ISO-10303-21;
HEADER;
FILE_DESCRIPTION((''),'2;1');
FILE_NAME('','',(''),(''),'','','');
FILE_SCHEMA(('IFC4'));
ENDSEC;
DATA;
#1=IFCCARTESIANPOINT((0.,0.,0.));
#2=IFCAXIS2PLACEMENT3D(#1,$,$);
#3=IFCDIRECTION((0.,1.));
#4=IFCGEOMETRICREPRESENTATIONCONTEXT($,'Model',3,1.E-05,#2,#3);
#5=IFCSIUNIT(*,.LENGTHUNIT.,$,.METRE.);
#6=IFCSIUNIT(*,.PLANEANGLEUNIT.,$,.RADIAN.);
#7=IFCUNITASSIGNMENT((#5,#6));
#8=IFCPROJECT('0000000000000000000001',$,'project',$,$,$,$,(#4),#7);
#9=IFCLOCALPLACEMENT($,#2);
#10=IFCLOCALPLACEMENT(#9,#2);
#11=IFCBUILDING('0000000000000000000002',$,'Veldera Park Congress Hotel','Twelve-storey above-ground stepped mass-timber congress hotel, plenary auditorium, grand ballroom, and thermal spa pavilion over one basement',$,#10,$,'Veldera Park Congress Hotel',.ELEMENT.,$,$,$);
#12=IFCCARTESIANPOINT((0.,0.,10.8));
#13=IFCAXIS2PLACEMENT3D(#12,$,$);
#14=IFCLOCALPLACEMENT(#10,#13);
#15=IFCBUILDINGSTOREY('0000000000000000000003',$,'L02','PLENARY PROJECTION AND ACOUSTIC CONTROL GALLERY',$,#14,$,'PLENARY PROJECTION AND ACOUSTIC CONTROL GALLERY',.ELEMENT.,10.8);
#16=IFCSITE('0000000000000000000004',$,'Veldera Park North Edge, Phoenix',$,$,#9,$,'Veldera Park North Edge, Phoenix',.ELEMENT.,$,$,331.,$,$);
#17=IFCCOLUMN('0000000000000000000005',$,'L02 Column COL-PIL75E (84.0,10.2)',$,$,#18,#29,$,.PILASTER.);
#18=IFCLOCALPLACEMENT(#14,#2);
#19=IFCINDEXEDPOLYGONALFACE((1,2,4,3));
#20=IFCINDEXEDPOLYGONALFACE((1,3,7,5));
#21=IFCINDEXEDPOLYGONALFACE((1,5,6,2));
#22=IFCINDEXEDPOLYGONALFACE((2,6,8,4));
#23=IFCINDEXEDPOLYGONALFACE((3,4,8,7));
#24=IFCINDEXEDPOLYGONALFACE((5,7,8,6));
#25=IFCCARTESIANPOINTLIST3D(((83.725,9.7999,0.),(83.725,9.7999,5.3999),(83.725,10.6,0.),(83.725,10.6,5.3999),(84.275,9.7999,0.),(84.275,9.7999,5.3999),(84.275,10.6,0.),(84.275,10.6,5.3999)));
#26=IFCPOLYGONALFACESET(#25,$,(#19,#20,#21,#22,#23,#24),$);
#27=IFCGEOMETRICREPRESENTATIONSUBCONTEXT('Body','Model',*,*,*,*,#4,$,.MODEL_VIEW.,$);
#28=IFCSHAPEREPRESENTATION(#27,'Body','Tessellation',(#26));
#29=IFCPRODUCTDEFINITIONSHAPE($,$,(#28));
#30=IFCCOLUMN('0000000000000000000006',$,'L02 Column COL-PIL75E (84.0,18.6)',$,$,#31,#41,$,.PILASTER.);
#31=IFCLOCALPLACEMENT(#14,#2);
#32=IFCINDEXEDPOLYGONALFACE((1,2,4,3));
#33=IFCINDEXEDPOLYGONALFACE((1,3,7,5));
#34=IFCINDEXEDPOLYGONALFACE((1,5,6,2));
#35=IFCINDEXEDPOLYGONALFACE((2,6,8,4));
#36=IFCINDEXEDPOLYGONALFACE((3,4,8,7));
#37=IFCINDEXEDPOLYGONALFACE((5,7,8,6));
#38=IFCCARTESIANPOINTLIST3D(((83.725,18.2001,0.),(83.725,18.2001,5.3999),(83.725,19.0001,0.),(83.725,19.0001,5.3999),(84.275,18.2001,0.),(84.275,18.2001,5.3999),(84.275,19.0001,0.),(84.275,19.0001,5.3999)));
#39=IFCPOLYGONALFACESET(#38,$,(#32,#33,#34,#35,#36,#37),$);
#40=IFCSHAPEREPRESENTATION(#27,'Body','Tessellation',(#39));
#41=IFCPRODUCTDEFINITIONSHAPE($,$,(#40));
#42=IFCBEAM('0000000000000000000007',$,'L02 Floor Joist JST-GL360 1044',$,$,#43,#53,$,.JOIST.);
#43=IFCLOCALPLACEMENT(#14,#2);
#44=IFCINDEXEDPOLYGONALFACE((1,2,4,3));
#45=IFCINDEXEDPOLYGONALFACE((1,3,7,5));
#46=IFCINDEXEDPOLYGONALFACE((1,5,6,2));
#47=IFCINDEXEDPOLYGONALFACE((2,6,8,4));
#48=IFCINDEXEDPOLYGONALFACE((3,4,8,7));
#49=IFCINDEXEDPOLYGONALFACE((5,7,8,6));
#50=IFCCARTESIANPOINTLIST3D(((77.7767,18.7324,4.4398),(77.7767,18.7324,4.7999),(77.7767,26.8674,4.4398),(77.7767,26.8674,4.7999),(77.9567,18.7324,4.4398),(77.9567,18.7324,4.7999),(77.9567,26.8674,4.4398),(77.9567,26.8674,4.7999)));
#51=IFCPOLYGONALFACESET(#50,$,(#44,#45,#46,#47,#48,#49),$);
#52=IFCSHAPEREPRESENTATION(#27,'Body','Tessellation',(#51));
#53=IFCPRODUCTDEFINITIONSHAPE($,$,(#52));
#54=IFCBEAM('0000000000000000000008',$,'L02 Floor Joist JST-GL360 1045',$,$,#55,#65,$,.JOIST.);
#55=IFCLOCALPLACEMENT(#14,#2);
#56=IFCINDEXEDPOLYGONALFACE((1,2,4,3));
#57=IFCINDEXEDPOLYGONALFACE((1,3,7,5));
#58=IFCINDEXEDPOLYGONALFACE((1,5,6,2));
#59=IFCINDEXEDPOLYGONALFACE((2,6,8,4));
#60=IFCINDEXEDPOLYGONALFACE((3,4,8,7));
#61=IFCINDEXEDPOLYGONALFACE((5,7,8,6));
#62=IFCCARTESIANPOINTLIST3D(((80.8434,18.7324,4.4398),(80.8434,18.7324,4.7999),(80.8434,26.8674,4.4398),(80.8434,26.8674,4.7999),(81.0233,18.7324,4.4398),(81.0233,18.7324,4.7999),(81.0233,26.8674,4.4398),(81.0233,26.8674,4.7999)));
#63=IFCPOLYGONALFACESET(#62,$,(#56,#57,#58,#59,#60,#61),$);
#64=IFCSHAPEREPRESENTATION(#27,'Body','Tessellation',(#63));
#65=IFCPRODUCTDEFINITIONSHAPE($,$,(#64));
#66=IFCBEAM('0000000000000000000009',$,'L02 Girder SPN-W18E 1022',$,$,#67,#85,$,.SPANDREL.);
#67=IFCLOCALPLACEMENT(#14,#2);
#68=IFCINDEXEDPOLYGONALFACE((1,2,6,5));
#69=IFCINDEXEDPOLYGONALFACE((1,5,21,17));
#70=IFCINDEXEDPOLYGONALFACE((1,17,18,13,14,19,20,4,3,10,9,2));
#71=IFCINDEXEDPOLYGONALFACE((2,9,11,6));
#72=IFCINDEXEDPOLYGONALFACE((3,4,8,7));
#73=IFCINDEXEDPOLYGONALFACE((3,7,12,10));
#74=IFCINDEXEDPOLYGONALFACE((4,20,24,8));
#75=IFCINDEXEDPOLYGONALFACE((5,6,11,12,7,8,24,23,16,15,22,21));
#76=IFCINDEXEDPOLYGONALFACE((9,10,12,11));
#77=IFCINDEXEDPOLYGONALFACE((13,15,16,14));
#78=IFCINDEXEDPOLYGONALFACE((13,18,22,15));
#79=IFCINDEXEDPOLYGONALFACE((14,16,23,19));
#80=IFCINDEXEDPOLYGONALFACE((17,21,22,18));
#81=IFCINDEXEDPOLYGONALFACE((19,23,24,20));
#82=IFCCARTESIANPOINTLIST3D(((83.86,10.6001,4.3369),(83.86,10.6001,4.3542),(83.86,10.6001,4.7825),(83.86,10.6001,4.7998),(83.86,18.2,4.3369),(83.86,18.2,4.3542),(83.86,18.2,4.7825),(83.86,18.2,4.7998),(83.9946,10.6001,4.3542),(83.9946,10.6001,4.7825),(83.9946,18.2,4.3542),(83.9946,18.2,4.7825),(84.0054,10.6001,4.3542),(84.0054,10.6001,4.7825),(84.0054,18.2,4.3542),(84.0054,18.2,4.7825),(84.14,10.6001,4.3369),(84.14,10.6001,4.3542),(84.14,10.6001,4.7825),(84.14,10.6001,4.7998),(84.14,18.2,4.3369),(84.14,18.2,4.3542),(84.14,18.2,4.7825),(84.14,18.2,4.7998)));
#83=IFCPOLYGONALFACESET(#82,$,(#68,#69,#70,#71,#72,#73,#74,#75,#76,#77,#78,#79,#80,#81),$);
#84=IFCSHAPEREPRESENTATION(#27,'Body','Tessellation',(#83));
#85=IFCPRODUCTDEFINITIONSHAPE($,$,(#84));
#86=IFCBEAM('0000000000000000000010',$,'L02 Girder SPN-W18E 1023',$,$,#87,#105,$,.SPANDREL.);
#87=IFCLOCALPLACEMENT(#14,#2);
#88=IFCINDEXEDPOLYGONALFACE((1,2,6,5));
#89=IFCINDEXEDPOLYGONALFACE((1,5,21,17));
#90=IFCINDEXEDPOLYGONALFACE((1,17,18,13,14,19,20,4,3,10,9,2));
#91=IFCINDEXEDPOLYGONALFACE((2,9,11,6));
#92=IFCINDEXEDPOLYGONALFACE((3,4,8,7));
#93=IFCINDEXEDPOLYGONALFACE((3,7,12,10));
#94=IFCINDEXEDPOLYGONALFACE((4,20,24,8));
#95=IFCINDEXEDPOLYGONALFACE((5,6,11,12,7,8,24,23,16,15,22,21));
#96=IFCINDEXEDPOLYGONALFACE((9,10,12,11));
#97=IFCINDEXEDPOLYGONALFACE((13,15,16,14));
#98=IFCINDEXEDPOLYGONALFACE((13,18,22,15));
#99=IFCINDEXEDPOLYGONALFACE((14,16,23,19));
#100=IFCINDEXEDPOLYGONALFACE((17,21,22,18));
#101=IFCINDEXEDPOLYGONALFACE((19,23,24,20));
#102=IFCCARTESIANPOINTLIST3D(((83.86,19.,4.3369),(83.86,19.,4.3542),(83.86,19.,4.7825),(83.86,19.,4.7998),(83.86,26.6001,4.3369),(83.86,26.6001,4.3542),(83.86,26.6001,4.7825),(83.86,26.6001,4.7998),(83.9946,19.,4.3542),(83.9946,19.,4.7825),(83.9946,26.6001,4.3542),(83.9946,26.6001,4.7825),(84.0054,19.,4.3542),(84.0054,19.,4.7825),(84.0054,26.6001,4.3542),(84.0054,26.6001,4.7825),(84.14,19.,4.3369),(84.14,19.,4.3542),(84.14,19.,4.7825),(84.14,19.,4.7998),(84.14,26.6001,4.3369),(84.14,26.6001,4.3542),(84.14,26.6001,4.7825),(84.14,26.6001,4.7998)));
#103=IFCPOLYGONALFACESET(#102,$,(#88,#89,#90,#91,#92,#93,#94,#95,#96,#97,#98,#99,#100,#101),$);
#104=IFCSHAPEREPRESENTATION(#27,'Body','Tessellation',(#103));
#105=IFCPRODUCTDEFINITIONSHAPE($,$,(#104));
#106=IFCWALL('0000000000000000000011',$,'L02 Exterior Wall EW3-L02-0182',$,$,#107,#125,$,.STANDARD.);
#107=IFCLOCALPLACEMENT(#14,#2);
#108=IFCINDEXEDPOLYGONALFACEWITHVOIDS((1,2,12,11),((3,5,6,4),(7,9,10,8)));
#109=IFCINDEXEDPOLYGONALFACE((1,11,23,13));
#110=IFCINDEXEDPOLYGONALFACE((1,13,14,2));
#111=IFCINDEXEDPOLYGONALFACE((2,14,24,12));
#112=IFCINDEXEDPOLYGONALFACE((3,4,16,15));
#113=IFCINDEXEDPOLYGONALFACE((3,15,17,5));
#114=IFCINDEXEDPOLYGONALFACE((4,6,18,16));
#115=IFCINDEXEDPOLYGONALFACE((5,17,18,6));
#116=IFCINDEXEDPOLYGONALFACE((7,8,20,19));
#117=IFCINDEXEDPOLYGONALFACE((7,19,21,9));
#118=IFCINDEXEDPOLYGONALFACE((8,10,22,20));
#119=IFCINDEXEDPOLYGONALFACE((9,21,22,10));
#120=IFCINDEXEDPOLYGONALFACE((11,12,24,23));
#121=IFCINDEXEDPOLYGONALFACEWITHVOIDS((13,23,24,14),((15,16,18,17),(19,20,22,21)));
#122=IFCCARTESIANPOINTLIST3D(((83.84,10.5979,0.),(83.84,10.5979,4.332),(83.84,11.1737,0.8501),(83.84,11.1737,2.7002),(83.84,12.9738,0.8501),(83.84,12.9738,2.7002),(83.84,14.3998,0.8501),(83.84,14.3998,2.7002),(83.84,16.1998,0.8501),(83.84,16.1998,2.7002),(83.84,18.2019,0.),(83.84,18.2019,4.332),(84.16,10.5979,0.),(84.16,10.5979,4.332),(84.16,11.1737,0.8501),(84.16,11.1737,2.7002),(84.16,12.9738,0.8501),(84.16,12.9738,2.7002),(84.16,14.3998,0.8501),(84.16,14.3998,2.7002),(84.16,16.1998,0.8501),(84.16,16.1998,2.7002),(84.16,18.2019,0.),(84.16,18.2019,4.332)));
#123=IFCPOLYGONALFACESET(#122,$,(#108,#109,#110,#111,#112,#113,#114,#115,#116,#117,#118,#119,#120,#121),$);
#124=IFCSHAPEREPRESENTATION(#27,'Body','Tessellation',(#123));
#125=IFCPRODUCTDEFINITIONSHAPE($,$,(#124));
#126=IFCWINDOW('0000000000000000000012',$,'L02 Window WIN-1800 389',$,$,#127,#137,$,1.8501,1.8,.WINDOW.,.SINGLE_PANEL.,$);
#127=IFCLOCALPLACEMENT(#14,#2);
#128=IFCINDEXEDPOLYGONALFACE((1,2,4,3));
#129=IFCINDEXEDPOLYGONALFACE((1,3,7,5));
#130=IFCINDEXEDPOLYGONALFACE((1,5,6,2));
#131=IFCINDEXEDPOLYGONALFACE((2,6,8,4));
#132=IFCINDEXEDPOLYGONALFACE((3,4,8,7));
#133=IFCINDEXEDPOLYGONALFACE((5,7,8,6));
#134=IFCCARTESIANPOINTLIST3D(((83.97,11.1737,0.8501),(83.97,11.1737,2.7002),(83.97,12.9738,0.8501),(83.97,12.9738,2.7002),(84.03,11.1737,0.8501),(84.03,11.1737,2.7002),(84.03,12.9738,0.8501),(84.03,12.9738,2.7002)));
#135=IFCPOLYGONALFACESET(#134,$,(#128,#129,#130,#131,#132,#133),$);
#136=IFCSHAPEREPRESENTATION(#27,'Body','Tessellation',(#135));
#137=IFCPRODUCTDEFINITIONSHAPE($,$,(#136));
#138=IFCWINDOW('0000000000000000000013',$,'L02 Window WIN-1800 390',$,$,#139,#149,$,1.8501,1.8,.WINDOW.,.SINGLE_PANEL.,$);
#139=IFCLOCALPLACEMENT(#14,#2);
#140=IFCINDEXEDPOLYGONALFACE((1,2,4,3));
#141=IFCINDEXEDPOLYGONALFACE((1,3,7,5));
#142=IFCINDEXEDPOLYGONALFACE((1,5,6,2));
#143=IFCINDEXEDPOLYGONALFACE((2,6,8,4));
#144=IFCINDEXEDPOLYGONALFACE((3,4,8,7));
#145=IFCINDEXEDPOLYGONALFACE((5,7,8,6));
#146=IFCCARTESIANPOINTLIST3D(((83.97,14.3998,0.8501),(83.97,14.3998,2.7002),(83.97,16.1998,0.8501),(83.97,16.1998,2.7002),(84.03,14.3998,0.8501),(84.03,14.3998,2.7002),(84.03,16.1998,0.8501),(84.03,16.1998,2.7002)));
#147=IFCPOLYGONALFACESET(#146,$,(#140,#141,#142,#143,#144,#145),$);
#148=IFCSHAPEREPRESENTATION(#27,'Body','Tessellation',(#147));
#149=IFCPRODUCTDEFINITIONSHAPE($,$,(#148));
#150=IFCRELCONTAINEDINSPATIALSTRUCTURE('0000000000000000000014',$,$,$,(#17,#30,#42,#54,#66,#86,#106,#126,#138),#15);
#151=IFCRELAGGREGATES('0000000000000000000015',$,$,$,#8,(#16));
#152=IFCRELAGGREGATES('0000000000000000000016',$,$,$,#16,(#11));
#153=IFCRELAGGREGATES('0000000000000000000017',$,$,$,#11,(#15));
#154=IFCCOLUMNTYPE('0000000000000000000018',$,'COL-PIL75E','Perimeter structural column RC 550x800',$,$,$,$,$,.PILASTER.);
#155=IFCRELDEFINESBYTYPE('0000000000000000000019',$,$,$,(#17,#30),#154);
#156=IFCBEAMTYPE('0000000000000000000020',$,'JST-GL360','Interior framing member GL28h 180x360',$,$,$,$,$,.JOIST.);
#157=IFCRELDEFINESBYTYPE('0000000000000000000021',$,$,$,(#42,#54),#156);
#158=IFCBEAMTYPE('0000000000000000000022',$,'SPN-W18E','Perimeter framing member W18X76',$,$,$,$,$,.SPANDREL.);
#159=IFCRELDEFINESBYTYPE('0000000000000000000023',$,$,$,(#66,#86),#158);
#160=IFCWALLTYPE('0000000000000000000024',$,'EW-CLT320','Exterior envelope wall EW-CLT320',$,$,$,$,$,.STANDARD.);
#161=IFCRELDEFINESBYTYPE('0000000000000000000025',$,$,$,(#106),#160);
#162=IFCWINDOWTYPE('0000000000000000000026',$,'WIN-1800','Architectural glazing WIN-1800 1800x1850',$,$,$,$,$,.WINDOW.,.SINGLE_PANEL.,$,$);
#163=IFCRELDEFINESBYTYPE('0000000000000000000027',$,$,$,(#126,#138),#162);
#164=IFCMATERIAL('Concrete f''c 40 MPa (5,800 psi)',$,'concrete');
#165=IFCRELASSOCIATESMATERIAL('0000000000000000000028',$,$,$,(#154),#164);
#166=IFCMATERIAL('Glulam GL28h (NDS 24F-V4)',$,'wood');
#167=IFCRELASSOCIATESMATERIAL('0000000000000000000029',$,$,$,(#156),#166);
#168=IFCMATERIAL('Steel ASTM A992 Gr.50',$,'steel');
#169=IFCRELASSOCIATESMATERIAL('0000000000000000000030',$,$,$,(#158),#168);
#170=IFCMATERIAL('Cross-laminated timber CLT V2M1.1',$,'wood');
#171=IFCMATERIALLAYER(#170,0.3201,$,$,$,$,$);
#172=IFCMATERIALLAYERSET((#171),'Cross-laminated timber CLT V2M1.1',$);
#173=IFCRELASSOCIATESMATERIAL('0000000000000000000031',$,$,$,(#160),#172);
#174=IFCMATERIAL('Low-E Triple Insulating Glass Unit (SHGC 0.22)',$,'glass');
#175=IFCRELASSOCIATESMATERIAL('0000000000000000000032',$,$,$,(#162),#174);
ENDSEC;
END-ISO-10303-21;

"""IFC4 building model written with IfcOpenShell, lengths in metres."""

from ifc_helpers import new_model, si_unit, direction, frame, frame_2d, origin, origin_2d, place, context, subcontext, project, spatial, rectangle, i_section, extrude, material, layer, layer_set, material_profile, profile_set, type_object, element, fill, save


model = new_model("IFC4")

# Units and contexts
model_context = context("Model", 3, precision=1e-05, world=origin(), true_north=direction((0.0, 1.0)))
body_context = subcontext(model_context, "Body", "Model", "MODEL_VIEW")
ifc_project = project(units=[si_unit("LENGTHUNIT", "METRE"), si_unit("PLANEANGLEUNIT", "RADIAN")], contexts=[model_context])

# Site, building, storey
site_placement = place(None, origin())
site = spatial("IfcSite", under=ifc_project, at=site_placement, Name="Veldera Park North Edge, Phoenix", LongName="Veldera Park North Edge, Phoenix", CompositionType="ELEMENT", RefElevation=331.0)
building_placement = place(site_placement, origin())
building = spatial("IfcBuilding", under=site, at=building_placement, Name="Veldera Park Congress Hotel", Description="Twelve-storey above-ground stepped mass-timber congress hotel, plenary auditorium, grand ballroom, and thermal spa pavilion over one basement", LongName="Veldera Park Congress Hotel", CompositionType="ELEMENT")
storey_placement = place(building_placement, frame((0.0, 0.0, 10.8)))
storey = spatial("IfcBuildingStorey", under=building, at=storey_placement, Name="L02", Description="PLENARY PROJECTION AND ACOUSTIC CONTROL GALLERY", LongName="PLENARY PROJECTION AND ACOUSTIC CONTROL GALLERY", CompositionType="ELEMENT", Elevation=10.8)

# Columns
ifc_material_1 = material(Name="Concrete f'c 40 MPa (5,800 psi)", Category="concrete")
ifc_material_profile_1 = material_profile(ifc_material_1, rectangle(XDim=0.55, YDim=0.8, at=origin_2d()), Name="RC 550x800")
ifc_profile_set_1 = profile_set([ifc_material_profile_1], Name="Concrete f'c 40 MPa (5,800 psi)")
column_type = type_object("IfcColumnType", Name="COL-PIL75E", Description="Perimeter structural column RC 550x800", PredefinedType="PILASTER", material=ifc_profile_set_1)
for number, where, z_axis, x_axis, name in (
    (1, (84.0, 10.2, 0.0), (0.0, 0.0, 1.0), (1.0, 0.0, 0.0), "L02 Column COL-PIL75E (84.0,10.2)"),
    (2, (84.0, 18.6001, 0.0), (0.0, 0.0, 1.0), (1.0, 0.0, 0.0), "L02 Column COL-PIL75E (84.0,18.6)"),
):
    element("IfcColumn", number, at=place(storey_placement, frame(where, z_axis=z_axis, x_axis=x_axis)), inside=storey, type_object=column_type, Name=name, PredefinedType="PILASTER", context=body_context, shape_type="SweptSolid", body=[
        extrude(rectangle(XDim=0.55, YDim=0.8, at=origin_2d()), origin(), (0.0, 0.0, 1.0), 5.3999),
    ])

# Beams
ifc_material_2 = material(Name="Glulam GL28h (NDS 24F-V4)", Category="wood")
ifc_material_profile_2 = material_profile(ifc_material_2, rectangle(XDim=0.1799, YDim=0.3601, at=origin_2d()), Name="GL28h 180x360")
ifc_profile_set_2 = profile_set([ifc_material_profile_2], Name="Glulam GL28h (NDS 24F-V4)")
beam_type_1 = type_object("IfcBeamType", Name="JST-GL360", Description="Interior framing member GL28h 180x360", PredefinedType="JOIST", material=ifc_profile_set_2)
for number, where, z_axis, x_axis, name in (
    (3, (77.8667, 18.7324, 4.6199), (0.0, 1.0, 0.0), (-1.0, 0.0, 0.0), "L02 Floor Joist JST-GL360 1044"),
    (4, (80.9333, 18.7324, 4.6199), (0.0, 1.0, 0.0), (-1.0, 0.0, 0.0), "L02 Floor Joist JST-GL360 1045"),
):
    element("IfcBeam", number, at=place(storey_placement, frame(where, z_axis=z_axis, x_axis=x_axis)), inside=storey, type_object=beam_type_1, Name=name, PredefinedType="JOIST", context=body_context, shape_type="SweptSolid", body=[
        extrude(rectangle(XDim=0.1799, YDim=0.3601, at=origin_2d()), origin(), (0.0, 0.0, 1.0), 8.135),
    ])
ifc_material_3 = material(Name="Steel ASTM A992 Gr.50", Category="steel")
ifc_material_profile_3 = material_profile(ifc_material_3, i_section(OverallWidth=0.28, OverallDepth=0.4629, WebThickness=0.0107, FlangeThickness=0.0173, at=origin_2d()), Name="W18X76")
ifc_profile_set_3 = profile_set([ifc_material_profile_3], Name="Steel ASTM A992 Gr.50")
beam_type_2 = type_object("IfcBeamType", Name="SPN-W18E", Description="Perimeter framing member W18X76", PredefinedType="SPANDREL", material=ifc_profile_set_3)
beam_1_placement = place(storey_placement, frame((84.0, 10.6001, 4.5684), z_axis=(0.0, 1.0, 0.0), x_axis=(-1.0, 0.0, 0.0)))
element("IfcBeam", 5, at=beam_1_placement, inside=storey, type_object=beam_type_2, Name="L02 Girder SPN-W18E 1022", PredefinedType="SPANDREL", context=body_context, shape_type="SweptSolid", body=[
    extrude(i_section(OverallWidth=0.28, OverallDepth=0.4629, WebThickness=0.0107, FlangeThickness=0.0173, at=origin_2d()), origin(), (0.0, 0.0, 1.0), 7.5999),
])
beam_2_placement = place(storey_placement, frame((84.0, 19.0, 4.5684), z_axis=(0.0, 1.0, 0.0), x_axis=(-1.0, 0.0, 0.0)))
element("IfcBeam", 6, at=beam_2_placement, inside=storey, type_object=beam_type_2, Name="L02 Girder SPN-W18E 1023", PredefinedType="SPANDREL", context=body_context, shape_type="SweptSolid", body=[
    extrude(i_section(OverallWidth=0.28, OverallDepth=0.4629, WebThickness=0.0107, FlangeThickness=0.0173, at=origin_2d()), origin(), (0.0, 0.0, 1.0), 7.6001),
])

# Wall, openings, windows
ifc_material_4 = material(Name="Cross-laminated timber CLT V2M1.1", Category="wood")
ifc_layer_1 = layer(ifc_material_4, 0.3201)
ifc_layer_set_1 = layer_set([ifc_layer_1], Name="Cross-laminated timber CLT V2M1.1")
wall_type_1 = type_object("IfcWallType", Name="EW-CLT320", Description="Exterior envelope wall EW-CLT320", PredefinedType="STANDARD", material=ifc_layer_set_1)
wall_1_placement = place(storey_placement, frame((84.0, 10.5979, 0.0), z_axis=(0.0, 0.0, 1.0), x_axis=(0.0, 1.0, 0.0)))
wall_1 = element("IfcWall", 7, at=wall_1_placement, inside=storey, type_object=wall_type_1, Name="L02 Exterior Wall EW3-L02-0182", PredefinedType="STANDARD", context=body_context, shape_type="SweptSolid", body=[
    extrude(rectangle(XDim=7.604, YDim=0.3201, at=frame_2d((3.802, 0.0))), origin(), (0.0, 0.0, 1.0), 4.332),
])
opening_1_placement = place(wall_1_placement, frame((0.5759, 0.0, 0.8501)))
opening_1 = element("IfcOpeningElement", 8, at=opening_1_placement, cuts=wall_1, PredefinedType="OPENING", context=body_context, shape_type="SweptSolid", body=[
    extrude(rectangle(XDim=1.8, YDim=1.8501, at=frame_2d((0.8999, 0.925))), frame((0.0, 0.1721, 0.0), z_axis=(0.0, -1.0, 0.0), x_axis=(1.0, 0.0, 0.0)), (0.0, 0.0, 1.0), 0.344),
])
opening_2_placement = place(wall_1_placement, frame((3.802, 0.0, 0.8501)))
opening_2 = element("IfcOpeningElement", 9, at=opening_2_placement, cuts=wall_1, PredefinedType="OPENING", context=body_context, shape_type="SweptSolid", body=[
    extrude(rectangle(XDim=1.8, YDim=1.8501, at=frame_2d((0.8999, 0.925))), frame((0.0, 0.1721, 0.0), z_axis=(0.0, -1.0, 0.0), x_axis=(1.0, 0.0, 0.0)), (0.0, 0.0, 1.0), 0.344),
])
ifc_material_5 = material(Name="Low-E Triple Insulating Glass Unit (SHGC 0.22)", Category="glass")
window_type_1 = type_object("IfcWindowType", Name="WIN-1800", Description="Architectural glazing WIN-1800 1800x1850", PartitioningType="SINGLE_PANEL", PredefinedType="WINDOW", material=ifc_material_5)
window_1_placement = place(opening_1_placement, origin())
window_1 = element("IfcWindow", 10, at=window_1_placement, inside=storey, type_object=window_type_1, Name="L02 Window WIN-1800 389", OverallHeight=1.8501, OverallWidth=1.8, PartitioningType="SINGLE_PANEL", PredefinedType="WINDOW", context=body_context, shape_type="SweptSolid", body=[
    extrude(rectangle(XDim=1.8, YDim=1.8501, at=frame_2d((0.8999, 0.925))), frame((0.0, 0.03, 0.0), z_axis=(0.0, -1.0, 0.0), x_axis=(1.0, 0.0, 0.0)), (0.0, 0.0, 1.0), 0.0601),
])
fill(opening_1, window_1)
window_2_placement = place(opening_2_placement, origin())
window_2 = element("IfcWindow", 11, at=window_2_placement, inside=storey, type_object=window_type_1, Name="L02 Window WIN-1800 390", OverallHeight=1.8501, OverallWidth=1.8, PartitioningType="SINGLE_PANEL", PredefinedType="WINDOW", context=body_context, shape_type="SweptSolid", body=[
    extrude(rectangle(XDim=1.8, YDim=1.8501, at=frame_2d((0.8999, 0.925))), frame((0.0, 0.03, 0.0), z_axis=(0.0, -1.0, 0.0), x_axis=(1.0, 0.0, 0.0)), (0.0, 0.0, 1.0), 0.0601),
])
fill(opening_2, window_2)

save(model, "model.ifc")
